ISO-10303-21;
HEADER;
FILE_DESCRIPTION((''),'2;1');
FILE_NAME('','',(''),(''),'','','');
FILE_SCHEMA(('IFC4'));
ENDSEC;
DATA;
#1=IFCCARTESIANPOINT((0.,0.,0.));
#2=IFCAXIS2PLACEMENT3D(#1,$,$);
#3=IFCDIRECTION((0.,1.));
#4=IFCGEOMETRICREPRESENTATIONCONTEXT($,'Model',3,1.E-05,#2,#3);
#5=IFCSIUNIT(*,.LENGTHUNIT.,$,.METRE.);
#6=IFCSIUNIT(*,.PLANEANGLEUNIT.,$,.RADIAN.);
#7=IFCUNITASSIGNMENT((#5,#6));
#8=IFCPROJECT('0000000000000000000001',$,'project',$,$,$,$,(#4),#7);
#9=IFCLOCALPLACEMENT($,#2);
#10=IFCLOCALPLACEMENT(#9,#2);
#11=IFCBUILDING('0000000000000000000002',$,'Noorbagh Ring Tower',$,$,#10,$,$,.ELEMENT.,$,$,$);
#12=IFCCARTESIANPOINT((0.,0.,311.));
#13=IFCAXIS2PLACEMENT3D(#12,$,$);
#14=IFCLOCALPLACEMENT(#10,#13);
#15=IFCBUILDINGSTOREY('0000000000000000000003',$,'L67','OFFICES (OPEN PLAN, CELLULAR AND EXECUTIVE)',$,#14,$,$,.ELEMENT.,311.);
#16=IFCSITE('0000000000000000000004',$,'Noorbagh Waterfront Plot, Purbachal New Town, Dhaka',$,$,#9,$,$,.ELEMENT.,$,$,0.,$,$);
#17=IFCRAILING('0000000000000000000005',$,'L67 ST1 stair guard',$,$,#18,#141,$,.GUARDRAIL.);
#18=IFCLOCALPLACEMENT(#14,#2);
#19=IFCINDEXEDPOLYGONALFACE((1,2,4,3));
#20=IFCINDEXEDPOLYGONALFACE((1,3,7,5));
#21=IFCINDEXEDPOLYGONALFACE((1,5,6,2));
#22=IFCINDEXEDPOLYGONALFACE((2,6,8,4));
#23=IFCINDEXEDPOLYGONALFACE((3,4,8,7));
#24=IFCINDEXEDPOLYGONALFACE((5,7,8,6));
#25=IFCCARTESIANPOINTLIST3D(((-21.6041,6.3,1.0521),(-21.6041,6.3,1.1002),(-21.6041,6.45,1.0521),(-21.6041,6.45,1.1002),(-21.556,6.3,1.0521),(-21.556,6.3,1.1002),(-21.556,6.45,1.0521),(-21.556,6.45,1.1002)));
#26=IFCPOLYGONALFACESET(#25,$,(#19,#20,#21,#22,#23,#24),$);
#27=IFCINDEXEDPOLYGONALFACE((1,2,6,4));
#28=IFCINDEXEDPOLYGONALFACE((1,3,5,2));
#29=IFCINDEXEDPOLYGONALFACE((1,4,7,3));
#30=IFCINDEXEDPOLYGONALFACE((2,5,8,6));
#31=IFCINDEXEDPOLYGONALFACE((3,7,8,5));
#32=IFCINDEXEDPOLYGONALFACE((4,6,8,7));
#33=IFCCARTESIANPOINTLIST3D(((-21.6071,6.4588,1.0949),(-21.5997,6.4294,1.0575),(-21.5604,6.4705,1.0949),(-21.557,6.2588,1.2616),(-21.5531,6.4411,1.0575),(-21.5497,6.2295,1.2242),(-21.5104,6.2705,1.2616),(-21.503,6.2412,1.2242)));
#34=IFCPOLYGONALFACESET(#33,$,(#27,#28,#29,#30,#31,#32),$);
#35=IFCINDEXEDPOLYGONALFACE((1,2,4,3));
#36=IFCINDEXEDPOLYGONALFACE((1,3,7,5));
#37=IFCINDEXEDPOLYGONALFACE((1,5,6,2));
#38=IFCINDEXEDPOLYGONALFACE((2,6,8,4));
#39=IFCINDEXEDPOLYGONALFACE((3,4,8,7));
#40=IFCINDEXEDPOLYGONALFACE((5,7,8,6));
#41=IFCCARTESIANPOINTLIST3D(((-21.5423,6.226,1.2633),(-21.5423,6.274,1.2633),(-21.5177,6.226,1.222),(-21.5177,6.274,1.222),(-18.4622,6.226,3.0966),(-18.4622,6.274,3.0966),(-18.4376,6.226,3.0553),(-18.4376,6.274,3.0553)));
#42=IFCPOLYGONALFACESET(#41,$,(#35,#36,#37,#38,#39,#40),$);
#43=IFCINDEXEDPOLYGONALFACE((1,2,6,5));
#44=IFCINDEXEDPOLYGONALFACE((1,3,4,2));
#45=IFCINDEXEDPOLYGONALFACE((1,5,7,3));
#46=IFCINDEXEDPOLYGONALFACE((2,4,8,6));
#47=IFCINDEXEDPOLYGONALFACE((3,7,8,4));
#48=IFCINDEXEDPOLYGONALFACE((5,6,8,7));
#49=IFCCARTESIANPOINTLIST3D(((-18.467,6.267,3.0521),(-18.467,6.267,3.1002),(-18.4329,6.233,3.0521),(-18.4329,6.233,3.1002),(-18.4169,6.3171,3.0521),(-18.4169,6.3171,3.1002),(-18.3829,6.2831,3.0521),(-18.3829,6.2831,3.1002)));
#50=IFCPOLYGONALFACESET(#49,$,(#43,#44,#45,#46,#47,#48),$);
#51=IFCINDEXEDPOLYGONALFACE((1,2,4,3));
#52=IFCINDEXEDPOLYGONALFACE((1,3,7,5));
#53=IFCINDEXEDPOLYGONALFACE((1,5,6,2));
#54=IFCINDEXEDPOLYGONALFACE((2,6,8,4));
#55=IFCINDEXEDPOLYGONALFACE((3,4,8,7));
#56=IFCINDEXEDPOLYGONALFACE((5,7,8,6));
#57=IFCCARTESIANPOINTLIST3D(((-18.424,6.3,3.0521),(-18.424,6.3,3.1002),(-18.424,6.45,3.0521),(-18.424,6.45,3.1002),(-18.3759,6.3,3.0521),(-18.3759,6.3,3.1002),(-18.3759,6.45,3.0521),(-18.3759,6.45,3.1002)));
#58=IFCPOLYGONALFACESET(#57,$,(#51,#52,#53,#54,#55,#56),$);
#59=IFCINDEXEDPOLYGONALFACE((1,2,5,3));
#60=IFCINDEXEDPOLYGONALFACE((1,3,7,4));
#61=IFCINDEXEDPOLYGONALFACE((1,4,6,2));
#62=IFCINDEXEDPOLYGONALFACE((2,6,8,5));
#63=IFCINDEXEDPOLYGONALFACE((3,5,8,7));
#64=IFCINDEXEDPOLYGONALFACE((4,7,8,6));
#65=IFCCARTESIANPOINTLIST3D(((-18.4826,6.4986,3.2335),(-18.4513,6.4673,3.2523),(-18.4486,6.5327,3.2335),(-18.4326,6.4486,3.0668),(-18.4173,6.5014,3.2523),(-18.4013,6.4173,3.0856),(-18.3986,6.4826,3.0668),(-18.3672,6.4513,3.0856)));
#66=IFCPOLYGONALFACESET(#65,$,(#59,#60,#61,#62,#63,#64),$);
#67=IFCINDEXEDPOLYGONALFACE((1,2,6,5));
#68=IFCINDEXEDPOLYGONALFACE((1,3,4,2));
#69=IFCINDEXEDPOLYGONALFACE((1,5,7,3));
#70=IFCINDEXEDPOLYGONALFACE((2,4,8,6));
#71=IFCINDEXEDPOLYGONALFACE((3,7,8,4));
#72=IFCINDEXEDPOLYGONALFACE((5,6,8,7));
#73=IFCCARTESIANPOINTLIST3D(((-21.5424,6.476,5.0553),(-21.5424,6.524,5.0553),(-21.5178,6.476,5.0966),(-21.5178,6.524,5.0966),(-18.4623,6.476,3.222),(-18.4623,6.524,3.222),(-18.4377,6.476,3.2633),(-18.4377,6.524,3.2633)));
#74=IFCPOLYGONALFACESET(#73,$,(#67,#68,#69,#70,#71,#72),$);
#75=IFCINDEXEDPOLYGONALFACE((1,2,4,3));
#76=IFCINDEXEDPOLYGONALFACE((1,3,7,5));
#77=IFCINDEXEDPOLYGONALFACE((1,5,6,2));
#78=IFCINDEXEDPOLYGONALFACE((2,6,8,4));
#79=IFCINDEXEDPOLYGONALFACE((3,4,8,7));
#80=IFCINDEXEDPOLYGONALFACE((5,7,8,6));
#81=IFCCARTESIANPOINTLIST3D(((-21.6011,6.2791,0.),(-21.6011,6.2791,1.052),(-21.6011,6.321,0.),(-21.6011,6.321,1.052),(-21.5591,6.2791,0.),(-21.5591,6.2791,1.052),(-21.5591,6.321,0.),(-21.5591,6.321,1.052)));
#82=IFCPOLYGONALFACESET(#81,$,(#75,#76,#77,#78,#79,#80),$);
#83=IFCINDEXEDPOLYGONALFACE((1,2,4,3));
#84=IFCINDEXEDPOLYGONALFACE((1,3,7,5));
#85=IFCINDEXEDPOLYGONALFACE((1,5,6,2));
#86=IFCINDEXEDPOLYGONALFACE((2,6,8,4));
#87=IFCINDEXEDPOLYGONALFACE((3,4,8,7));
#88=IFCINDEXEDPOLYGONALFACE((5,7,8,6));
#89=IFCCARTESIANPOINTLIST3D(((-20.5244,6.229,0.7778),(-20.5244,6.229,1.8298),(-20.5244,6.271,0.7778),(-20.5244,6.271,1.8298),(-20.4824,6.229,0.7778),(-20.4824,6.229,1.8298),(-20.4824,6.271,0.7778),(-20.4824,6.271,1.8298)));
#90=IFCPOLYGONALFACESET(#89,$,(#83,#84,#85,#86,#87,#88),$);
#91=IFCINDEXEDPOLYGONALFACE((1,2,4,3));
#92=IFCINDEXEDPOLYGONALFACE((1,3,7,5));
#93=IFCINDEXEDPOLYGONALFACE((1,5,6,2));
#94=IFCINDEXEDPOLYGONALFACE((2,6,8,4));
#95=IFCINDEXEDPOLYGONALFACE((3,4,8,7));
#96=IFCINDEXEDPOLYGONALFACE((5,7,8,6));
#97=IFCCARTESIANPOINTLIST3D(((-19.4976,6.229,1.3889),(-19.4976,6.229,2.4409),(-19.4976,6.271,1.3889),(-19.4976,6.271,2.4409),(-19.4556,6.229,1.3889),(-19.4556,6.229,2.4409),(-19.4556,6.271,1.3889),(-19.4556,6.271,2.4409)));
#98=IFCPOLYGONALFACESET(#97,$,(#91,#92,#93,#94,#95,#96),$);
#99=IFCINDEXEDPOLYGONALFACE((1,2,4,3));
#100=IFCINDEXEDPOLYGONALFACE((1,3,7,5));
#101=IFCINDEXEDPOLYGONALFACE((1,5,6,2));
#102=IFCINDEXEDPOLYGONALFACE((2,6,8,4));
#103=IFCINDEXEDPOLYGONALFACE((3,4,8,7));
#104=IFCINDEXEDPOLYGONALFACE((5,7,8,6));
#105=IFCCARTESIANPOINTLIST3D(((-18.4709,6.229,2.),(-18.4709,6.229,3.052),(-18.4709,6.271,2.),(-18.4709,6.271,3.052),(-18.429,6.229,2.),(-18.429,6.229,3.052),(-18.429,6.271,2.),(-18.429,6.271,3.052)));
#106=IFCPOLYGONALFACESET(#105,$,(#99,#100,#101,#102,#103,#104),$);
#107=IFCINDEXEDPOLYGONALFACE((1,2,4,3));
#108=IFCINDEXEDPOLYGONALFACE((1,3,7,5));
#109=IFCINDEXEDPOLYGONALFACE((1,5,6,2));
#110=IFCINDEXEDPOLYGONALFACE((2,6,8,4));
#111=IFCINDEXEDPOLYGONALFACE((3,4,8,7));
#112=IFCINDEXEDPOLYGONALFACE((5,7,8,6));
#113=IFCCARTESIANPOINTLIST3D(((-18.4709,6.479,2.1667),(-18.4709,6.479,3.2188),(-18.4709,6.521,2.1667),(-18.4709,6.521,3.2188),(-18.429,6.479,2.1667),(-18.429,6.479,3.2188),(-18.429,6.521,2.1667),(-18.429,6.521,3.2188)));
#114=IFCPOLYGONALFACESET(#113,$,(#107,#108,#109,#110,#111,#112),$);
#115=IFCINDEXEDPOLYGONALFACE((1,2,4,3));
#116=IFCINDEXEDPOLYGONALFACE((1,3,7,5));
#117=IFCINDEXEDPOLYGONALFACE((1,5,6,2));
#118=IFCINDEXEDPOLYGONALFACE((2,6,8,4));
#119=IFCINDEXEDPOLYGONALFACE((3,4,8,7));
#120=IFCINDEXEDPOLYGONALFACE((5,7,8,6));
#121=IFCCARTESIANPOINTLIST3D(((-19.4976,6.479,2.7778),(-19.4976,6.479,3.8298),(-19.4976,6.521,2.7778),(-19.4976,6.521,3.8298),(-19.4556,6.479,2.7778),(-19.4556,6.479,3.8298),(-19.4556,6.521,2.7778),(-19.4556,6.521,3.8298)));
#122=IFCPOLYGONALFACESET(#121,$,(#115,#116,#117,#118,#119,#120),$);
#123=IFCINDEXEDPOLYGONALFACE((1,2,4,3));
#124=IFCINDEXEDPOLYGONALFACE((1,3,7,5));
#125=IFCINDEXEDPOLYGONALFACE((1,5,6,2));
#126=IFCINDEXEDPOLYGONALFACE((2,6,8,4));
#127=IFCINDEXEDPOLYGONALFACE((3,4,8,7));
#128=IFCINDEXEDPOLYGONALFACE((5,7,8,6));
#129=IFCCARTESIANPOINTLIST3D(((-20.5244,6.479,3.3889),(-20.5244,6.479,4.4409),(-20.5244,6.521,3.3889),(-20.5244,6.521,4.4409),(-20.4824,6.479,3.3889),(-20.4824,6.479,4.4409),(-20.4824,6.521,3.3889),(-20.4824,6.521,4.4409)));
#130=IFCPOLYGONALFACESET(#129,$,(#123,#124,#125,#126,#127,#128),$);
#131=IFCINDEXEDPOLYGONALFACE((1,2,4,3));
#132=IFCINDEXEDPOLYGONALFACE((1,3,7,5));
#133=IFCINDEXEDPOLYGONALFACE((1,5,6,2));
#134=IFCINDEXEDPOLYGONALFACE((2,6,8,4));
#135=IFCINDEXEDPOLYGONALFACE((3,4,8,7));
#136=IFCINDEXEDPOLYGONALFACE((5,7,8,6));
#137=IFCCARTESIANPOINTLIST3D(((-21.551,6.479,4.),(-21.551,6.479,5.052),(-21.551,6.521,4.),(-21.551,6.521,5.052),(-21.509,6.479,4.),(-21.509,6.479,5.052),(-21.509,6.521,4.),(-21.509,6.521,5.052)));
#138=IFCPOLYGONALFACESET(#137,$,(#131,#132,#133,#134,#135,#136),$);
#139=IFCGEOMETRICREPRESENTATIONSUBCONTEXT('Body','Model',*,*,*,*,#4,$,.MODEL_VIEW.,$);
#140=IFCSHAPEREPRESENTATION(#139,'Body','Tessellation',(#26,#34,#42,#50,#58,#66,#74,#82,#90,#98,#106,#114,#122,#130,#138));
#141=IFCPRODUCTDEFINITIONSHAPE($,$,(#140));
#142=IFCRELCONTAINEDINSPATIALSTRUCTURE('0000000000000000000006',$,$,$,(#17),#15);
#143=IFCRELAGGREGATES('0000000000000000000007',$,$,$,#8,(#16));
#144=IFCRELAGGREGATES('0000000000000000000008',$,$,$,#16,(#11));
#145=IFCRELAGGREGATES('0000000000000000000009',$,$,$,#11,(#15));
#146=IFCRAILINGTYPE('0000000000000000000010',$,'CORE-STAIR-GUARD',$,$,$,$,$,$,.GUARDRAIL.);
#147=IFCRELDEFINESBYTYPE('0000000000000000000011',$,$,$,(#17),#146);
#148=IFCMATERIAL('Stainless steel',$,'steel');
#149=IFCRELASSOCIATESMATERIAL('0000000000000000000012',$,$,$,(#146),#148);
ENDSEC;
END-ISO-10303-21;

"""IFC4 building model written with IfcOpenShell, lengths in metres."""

from ifc_helpers import new_model, si_unit, direction, frame, origin, origin_2d, place, context, subcontext, project, spatial, rectangle, extrude, material, type_object, element, save


model = new_model("IFC4")

# Units and contexts
model_context = context("Model", 3, precision=1e-05, world=origin(), true_north=direction((0.0, 1.0)))
body_context = subcontext(model_context, "Body", "Model", "MODEL_VIEW")
ifc_project = project(units=[si_unit("LENGTHUNIT", "METRE"), si_unit("PLANEANGLEUNIT", "RADIAN")], contexts=[model_context])

# Site, building, storey
site_placement = place(None, origin())
site = spatial("IfcSite", under=ifc_project, at=site_placement, Name="Noorbagh Waterfront Plot, Purbachal New Town, Dhaka", CompositionType="ELEMENT", RefElevation=0.0)
building_placement = place(site_placement, origin())
building = spatial("IfcBuilding", under=site, at=building_placement, Name="Noorbagh Ring Tower", CompositionType="ELEMENT")
storey_placement = place(building_placement, frame((0.0, 0.0, 311.0)))
storey = spatial("IfcBuildingStorey", under=building, at=storey_placement, Name="L67", Description="OFFICES (OPEN PLAN, CELLULAR AND EXECUTIVE)", CompositionType="ELEMENT", Elevation=311.0)

# Railing
ifc_material_1 = material(Name="Stainless steel", Category="steel")
railing_type_1 = type_object("IfcRailingType", Name="CORE-STAIR-GUARD", PredefinedType="GUARDRAIL", material=ifc_material_1)
railing_1_placement = place(storey_placement, frame((-21.5801, 6.3, 0.0)))
element("IfcRailing", 1, at=railing_1_placement, inside=storey, type_object=railing_type_1, Name="L67 ST1 stair guard", PredefinedType="GUARDRAIL", context=body_context, shape_type="SweptSolid", body=[
    extrude(rectangle(XDim=0.0481, YDim=0.0481, at=origin_2d()), frame((0.0, 0.0, 1.0762), z_axis=(0.0, 1.0, 0.0), x_axis=(-1.0, 0.0, 0.0)), (0.0, 0.0, 1.0), 0.1499),
    extrude(rectangle(XDim=0.0481, YDim=0.0481, at=origin_2d()), frame((0.0, 0.1499, 1.0762), z_axis=(0.188776, -0.754182, 0.628946), x_axis=(0.970073, 0.242814, 0.0)), (0.0, 0.0, 1.0), 0.2651),
    extrude(rectangle(XDim=0.0481, YDim=0.0481, at=origin_2d()), frame((0.05, -0.05, 1.2427), z_axis=(0.859309, 0.0, 0.511458), x_axis=(0.0, 1.0, 0.0)), (0.0, 0.0, 1.0), 3.5845),
    extrude(rectangle(XDim=0.0481, YDim=0.0481, at=origin_2d()), frame((3.1301, -0.05, 3.0762), z_axis=(0.707107, 0.707107, 0.0), x_axis=(-0.707107, 0.707107, 0.0)), (0.0, 0.0, 1.0), 0.0708),
    extrude(rectangle(XDim=0.0481, YDim=0.0481, at=origin_2d()), frame((3.1802, 0.0, 3.0762), z_axis=(0.0, 1.0, 0.0), x_axis=(-1.0, 0.0, 0.0)), (0.0, 0.0, 1.0), 0.1499),
    extrude(rectangle(XDim=0.0481, YDim=0.0481, at=origin_2d()), frame((3.1802, 0.1499, 3.0762), z_axis=(-0.276287, 0.276287, 0.920506), x_axis=(-0.707107, -0.707107, 0.0)), (0.0, 0.0, 1.0), 0.1812),
    extrude(rectangle(XDim=0.0481, YDim=0.0481, at=origin_2d()), frame((3.1301, 0.2, 3.2427), z_axis=(-0.859309, 0.0, 0.511458), x_axis=(0.0, -1.0, 0.0)), (0.0, 0.0, 1.0), 3.5845),
    extrude(rectangle(XDim=0.042, YDim=0.042, at=origin_2d()), origin(), (0.0, 0.0, 1.0), 1.052),
    extrude(rectangle(XDim=0.042, YDim=0.042, at=origin_2d()), frame((1.0767, -0.05, 0.7778)), (0.0, 0.0, 1.0), 1.052),
    extrude(rectangle(XDim=0.042, YDim=0.042, at=origin_2d()), frame((2.1035, -0.05, 1.3889)), (0.0, 0.0, 1.0), 1.052),
    extrude(rectangle(XDim=0.042, YDim=0.042, at=origin_2d()), frame((3.1301, -0.05, 2.0)), (0.0, 0.0, 1.0), 1.052),
    extrude(rectangle(XDim=0.042, YDim=0.042, at=origin_2d()), frame((3.1301, 0.2, 2.1667)), (0.0, 0.0, 1.0), 1.052),
    extrude(rectangle(XDim=0.042, YDim=0.042, at=origin_2d()), frame((2.1035, 0.2, 2.7778)), (0.0, 0.0, 1.0), 1.052),
    extrude(rectangle(XDim=0.042, YDim=0.042, at=origin_2d()), frame((1.0767, 0.2, 3.3889)), (0.0, 0.0, 1.0), 1.052),
    extrude(rectangle(XDim=0.042, YDim=0.042, at=origin_2d()), frame((0.05, 0.2, 4.0)), (0.0, 0.0, 1.0), 1.052),
])

save(model, "model.ifc")
